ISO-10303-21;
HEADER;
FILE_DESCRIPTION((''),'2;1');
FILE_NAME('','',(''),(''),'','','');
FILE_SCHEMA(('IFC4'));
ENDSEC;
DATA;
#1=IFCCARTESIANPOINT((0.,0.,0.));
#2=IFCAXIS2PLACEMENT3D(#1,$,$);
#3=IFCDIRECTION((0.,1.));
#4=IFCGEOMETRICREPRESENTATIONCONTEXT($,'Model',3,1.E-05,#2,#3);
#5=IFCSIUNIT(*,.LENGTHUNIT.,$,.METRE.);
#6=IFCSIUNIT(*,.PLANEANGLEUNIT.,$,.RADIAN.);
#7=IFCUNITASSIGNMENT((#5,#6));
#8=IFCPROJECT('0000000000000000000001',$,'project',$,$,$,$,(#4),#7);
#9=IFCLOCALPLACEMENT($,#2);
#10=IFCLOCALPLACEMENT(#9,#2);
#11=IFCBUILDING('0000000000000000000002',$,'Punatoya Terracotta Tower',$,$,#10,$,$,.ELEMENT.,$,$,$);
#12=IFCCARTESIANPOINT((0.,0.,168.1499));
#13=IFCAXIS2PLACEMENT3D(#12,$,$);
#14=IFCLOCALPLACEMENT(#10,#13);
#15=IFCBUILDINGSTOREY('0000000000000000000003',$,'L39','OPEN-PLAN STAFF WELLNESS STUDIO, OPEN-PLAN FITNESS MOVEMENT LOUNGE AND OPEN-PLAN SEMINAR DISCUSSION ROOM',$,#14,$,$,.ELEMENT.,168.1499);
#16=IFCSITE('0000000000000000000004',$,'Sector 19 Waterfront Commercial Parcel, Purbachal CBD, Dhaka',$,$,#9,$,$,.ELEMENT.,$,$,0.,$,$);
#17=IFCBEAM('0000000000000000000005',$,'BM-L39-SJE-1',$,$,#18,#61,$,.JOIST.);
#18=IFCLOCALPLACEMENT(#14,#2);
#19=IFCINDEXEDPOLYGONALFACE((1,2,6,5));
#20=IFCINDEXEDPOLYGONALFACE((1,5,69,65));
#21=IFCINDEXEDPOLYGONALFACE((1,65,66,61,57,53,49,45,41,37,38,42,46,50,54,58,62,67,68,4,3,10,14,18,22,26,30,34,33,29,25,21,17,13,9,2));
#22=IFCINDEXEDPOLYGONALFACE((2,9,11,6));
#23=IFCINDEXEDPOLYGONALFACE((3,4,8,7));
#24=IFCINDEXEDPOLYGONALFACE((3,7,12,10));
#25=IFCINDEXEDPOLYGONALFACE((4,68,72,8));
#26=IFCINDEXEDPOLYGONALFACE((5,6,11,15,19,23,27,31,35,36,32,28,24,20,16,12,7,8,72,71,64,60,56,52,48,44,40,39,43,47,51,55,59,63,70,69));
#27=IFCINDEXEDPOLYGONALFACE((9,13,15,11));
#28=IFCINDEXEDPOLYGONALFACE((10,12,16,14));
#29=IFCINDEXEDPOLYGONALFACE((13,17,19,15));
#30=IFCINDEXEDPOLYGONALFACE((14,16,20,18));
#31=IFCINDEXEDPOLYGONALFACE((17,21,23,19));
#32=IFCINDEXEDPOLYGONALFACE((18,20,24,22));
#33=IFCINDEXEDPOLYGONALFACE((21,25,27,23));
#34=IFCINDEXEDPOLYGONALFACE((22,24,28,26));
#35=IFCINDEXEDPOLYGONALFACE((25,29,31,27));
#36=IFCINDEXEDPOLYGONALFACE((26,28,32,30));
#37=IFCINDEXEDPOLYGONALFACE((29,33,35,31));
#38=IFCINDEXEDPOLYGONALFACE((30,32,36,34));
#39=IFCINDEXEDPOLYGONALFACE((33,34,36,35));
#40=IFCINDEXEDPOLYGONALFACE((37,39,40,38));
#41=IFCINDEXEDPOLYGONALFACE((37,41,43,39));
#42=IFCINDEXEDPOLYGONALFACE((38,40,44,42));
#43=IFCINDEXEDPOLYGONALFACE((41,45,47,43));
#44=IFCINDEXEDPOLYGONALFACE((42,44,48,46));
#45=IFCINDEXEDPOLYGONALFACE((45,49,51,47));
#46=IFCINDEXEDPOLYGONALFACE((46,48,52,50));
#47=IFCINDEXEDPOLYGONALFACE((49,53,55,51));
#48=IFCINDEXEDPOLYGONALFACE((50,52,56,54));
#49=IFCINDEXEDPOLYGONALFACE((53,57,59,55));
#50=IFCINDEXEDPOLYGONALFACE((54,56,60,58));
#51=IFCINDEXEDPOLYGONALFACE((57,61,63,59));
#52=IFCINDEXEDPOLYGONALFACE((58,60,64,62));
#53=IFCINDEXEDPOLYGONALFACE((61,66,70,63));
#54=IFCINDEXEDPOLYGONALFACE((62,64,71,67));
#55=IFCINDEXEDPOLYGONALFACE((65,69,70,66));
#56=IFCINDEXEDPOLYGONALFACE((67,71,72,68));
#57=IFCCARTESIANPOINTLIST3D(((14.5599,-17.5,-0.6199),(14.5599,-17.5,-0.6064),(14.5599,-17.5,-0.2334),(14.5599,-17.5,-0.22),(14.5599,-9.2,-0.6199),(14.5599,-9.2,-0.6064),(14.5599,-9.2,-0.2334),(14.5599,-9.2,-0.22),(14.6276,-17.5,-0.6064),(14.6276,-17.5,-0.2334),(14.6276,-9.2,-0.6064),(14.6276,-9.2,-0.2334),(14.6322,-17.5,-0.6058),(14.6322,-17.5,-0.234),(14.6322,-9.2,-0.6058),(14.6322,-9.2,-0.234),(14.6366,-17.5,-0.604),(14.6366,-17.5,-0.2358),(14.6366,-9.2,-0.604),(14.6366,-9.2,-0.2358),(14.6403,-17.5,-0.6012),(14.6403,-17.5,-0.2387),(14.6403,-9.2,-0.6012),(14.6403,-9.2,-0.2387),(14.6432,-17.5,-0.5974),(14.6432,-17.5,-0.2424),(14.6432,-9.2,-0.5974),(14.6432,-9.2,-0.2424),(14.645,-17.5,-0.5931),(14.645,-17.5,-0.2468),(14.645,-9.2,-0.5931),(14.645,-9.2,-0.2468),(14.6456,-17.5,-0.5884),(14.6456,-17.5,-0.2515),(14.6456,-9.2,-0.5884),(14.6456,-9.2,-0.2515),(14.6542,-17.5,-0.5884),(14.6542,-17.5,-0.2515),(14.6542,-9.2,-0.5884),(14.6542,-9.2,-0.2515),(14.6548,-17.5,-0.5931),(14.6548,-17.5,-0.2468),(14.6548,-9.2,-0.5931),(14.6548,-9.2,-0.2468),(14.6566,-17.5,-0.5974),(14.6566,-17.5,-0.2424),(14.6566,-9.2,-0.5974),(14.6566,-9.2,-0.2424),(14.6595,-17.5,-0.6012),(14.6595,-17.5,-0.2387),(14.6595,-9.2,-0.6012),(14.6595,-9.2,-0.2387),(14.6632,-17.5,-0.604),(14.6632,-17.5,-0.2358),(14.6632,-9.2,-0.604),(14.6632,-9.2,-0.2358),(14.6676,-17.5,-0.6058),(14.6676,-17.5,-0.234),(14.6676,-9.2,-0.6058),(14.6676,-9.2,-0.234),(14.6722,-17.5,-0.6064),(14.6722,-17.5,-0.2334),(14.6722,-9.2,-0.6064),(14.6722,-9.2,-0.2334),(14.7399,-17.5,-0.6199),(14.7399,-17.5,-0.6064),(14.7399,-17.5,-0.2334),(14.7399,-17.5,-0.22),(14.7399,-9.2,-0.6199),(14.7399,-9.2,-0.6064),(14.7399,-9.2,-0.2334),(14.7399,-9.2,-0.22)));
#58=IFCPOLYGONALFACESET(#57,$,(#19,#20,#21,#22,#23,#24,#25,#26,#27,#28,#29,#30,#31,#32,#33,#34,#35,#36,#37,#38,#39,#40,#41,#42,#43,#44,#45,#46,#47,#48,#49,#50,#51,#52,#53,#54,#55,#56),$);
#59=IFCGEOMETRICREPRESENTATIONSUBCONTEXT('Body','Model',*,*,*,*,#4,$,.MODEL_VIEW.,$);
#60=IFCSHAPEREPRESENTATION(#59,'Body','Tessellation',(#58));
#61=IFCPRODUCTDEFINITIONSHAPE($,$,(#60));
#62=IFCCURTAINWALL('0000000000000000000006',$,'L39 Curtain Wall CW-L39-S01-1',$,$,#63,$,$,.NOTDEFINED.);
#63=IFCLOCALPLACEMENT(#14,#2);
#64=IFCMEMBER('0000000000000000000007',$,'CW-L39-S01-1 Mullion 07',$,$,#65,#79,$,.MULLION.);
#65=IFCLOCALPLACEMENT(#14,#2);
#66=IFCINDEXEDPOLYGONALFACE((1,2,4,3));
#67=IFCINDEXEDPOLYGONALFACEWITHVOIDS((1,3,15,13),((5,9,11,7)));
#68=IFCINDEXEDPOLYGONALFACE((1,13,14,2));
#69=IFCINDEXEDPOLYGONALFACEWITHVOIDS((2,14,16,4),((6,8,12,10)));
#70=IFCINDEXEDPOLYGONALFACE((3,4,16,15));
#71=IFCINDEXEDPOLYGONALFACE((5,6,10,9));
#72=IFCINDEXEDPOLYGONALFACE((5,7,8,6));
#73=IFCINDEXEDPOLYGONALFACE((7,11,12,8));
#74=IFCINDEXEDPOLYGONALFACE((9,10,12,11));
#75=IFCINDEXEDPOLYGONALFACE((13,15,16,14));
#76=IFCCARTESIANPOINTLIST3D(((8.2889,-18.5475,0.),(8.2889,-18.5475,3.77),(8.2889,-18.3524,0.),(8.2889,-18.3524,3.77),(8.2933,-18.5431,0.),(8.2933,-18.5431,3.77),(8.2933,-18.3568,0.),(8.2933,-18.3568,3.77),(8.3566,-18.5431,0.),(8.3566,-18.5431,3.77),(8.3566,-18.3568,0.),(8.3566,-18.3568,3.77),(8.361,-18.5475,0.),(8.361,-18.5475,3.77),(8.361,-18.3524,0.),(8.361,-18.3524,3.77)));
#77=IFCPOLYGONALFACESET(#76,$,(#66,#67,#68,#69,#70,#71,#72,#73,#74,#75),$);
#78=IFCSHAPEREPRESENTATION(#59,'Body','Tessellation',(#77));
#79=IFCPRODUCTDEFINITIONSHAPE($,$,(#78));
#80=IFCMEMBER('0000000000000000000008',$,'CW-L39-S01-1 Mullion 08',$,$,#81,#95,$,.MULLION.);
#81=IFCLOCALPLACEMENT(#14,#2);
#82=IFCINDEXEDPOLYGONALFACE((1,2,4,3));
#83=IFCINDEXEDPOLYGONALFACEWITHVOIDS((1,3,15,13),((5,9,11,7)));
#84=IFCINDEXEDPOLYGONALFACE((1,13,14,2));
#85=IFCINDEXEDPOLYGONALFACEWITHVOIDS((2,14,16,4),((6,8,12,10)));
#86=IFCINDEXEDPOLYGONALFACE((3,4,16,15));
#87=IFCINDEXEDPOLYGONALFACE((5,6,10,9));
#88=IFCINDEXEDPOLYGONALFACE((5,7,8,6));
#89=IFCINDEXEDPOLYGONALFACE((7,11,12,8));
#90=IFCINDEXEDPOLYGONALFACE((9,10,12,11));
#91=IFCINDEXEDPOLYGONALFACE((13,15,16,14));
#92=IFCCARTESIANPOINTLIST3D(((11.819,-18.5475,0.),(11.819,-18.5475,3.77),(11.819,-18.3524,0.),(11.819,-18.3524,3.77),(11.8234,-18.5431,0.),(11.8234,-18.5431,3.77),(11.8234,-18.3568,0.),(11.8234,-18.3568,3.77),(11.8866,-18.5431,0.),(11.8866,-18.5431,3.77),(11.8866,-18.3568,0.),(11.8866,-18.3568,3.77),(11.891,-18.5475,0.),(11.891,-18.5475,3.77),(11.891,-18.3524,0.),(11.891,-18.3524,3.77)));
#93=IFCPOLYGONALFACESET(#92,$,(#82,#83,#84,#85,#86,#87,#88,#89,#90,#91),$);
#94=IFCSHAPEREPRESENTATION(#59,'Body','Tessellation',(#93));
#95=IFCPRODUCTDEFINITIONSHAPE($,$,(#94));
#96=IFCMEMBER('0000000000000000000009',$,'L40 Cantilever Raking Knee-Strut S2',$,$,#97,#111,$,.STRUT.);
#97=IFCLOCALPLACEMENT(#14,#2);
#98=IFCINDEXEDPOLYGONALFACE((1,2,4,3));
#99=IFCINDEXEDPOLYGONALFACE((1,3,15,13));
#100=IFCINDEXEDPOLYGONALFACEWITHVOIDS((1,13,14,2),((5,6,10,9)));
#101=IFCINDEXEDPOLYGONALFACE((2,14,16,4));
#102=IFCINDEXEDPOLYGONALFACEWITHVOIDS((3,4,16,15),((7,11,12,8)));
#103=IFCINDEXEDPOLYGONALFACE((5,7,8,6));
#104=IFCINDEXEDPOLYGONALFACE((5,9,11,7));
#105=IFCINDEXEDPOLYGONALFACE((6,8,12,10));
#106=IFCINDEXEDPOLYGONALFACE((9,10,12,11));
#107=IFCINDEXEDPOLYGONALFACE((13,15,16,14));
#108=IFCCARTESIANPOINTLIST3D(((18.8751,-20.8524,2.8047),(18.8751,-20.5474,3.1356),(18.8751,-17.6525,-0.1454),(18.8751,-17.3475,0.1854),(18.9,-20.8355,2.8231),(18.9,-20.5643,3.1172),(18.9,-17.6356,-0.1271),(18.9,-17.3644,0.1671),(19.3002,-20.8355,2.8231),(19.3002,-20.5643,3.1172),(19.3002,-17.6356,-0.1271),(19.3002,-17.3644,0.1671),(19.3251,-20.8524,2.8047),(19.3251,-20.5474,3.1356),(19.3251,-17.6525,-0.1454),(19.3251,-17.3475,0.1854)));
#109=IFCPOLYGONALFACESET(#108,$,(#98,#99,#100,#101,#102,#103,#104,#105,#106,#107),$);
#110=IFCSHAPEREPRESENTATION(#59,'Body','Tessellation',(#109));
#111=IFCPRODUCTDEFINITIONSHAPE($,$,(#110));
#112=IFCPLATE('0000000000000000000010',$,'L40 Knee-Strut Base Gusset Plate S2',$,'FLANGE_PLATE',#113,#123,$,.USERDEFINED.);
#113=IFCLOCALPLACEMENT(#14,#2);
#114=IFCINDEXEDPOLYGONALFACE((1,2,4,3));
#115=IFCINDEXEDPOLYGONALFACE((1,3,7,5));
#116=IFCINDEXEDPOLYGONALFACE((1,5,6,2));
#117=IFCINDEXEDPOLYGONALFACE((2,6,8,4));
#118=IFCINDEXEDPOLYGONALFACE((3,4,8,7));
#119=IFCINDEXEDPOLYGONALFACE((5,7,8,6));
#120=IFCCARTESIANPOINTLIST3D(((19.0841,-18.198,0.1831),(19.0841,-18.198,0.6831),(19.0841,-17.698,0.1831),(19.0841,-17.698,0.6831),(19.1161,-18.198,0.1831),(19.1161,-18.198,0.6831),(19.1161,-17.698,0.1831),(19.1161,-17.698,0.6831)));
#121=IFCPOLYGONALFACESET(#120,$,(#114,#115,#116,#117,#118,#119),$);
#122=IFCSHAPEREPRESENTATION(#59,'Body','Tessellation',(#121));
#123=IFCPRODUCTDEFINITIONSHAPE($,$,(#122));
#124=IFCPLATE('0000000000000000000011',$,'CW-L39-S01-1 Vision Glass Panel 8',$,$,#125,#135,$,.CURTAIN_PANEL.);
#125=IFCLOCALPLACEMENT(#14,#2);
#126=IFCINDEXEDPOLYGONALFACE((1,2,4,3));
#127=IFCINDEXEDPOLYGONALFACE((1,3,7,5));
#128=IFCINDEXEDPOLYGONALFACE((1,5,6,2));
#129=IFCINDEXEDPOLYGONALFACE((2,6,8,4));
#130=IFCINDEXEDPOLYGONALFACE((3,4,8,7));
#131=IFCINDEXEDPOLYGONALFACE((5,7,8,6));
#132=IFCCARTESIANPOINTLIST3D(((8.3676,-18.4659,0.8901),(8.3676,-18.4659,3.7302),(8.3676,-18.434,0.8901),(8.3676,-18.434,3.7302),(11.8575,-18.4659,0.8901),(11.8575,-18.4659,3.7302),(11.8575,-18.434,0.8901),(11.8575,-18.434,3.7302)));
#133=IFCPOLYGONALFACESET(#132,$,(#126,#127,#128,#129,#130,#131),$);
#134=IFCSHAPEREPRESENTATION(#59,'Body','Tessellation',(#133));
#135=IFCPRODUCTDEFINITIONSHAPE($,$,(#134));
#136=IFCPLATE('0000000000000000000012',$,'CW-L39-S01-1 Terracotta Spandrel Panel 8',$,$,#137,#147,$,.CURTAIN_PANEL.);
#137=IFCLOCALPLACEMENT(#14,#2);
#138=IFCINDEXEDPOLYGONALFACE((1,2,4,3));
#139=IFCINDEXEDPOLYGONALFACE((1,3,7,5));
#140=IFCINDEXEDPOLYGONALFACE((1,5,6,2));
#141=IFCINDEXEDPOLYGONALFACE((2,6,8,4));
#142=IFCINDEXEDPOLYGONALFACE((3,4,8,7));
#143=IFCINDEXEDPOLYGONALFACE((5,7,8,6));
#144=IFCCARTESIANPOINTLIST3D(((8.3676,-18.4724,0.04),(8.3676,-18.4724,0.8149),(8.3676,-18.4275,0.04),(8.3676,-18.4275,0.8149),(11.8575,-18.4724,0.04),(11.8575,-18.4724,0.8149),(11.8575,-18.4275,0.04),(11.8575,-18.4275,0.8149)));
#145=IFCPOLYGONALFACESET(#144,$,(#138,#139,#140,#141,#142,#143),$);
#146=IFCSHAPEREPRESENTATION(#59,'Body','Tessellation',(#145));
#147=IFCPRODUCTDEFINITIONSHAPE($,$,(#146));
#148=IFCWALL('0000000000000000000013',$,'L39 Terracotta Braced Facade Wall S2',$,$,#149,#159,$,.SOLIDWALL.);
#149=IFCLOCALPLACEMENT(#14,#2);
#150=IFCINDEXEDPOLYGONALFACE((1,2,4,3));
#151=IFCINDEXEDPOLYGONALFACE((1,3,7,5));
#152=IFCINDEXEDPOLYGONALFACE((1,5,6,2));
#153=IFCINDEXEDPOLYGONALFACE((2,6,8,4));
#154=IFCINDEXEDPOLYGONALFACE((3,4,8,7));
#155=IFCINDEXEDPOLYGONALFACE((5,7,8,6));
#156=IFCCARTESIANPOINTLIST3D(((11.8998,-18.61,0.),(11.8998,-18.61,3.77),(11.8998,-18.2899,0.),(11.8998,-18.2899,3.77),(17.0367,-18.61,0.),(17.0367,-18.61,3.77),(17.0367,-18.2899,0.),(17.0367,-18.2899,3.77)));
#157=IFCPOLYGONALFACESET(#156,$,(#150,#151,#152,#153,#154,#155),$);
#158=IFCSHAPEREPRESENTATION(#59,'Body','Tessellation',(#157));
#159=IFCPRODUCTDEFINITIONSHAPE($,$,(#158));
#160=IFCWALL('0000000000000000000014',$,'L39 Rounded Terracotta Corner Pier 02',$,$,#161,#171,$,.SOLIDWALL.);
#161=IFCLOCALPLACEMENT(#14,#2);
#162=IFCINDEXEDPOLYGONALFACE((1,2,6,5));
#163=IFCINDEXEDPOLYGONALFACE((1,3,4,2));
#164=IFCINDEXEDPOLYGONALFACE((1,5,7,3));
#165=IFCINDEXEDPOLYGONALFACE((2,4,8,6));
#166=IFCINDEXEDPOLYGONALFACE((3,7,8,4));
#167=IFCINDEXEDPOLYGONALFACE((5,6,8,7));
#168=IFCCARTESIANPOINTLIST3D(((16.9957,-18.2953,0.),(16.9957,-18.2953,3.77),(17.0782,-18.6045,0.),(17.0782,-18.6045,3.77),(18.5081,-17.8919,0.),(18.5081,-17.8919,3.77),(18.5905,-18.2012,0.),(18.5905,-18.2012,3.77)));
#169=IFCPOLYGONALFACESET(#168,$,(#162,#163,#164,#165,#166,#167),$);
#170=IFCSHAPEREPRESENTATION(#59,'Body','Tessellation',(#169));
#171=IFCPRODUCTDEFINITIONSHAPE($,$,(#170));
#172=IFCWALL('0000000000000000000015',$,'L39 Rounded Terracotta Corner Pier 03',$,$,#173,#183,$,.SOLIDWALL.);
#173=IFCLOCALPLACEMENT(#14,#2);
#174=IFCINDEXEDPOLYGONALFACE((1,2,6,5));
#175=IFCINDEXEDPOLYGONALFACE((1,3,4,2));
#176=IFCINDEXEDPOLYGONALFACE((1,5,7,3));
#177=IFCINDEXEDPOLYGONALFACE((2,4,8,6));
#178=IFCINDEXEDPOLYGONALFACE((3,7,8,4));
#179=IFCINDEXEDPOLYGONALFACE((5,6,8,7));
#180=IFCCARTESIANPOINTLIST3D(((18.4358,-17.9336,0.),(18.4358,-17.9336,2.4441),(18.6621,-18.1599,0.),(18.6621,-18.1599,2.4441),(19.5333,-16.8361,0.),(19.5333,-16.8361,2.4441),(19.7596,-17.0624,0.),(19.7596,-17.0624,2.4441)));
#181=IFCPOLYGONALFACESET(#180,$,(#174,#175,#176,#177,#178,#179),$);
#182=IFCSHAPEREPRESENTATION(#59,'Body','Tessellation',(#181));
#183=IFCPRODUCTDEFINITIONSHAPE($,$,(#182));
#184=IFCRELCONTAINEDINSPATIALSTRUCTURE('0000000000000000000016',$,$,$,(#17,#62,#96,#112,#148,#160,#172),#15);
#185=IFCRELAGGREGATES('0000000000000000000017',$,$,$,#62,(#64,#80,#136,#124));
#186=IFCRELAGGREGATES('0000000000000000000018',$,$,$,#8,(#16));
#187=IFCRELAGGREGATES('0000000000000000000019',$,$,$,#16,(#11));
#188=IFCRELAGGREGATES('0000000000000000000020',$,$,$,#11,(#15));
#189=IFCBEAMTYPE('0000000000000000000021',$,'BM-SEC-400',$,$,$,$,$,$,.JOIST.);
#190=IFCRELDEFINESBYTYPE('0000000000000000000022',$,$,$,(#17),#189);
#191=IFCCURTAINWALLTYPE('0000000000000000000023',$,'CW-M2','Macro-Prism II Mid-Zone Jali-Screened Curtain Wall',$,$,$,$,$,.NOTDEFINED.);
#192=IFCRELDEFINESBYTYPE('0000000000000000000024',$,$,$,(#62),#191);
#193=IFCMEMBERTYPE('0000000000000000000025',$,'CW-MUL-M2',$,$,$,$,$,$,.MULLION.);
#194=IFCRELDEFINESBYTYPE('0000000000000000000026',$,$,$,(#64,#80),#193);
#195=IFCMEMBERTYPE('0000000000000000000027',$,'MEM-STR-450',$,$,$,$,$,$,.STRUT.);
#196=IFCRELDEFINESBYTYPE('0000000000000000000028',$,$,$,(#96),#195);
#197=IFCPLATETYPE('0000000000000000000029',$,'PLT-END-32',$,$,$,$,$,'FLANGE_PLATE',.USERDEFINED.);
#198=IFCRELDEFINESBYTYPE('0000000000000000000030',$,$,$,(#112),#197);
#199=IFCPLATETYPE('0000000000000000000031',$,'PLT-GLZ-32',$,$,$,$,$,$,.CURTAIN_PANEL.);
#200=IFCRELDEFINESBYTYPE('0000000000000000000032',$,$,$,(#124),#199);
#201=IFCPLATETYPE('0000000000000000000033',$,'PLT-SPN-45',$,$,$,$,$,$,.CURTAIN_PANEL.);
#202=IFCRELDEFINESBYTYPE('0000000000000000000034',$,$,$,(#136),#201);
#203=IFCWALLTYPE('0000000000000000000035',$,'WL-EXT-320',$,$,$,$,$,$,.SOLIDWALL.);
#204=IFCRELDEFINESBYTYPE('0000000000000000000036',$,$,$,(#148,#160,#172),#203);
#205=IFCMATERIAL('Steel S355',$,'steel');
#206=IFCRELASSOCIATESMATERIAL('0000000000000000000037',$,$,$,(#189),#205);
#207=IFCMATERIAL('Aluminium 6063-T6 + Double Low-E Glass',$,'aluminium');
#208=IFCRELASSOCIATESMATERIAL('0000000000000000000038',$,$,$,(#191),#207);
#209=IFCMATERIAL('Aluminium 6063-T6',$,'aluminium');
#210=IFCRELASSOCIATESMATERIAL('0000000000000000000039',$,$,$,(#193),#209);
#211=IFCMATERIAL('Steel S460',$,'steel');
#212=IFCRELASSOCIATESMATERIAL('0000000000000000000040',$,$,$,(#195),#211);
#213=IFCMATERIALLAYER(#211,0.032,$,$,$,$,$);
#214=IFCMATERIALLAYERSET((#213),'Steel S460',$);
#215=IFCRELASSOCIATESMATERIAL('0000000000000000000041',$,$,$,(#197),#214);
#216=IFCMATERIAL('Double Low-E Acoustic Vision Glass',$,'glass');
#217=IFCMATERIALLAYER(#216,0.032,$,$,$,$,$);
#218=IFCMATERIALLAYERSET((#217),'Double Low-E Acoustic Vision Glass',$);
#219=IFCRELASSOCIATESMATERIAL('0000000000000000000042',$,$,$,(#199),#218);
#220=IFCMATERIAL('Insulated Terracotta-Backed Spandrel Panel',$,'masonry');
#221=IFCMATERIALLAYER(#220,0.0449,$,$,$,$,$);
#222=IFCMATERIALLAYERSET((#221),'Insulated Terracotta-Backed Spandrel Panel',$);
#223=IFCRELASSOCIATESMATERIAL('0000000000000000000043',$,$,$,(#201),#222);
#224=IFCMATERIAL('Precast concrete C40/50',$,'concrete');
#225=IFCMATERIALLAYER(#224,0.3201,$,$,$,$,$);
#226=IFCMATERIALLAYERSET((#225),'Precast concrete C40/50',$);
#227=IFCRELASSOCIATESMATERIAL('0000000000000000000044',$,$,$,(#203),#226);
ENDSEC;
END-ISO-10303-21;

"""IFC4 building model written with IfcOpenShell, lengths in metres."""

from ifc_helpers import new_model, si_unit, direction, frame, frame_2d, origin, origin_2d, place, context, subcontext, project, spatial, rectangle, hollow_rectangle, i_section, extrude, material, layer, layer_set, material_profile, profile_set, type_object, element, aggregate, save


model = new_model("IFC4")

# Units and contexts
model_context = context("Model", 3, precision=1e-05, world=origin(), true_north=direction((0.0, 1.0)))
body_context = subcontext(model_context, "Body", "Model", "MODEL_VIEW")
ifc_project = project(units=[si_unit("LENGTHUNIT", "METRE"), si_unit("PLANEANGLEUNIT", "RADIAN")], contexts=[model_context])

# Site, building, storey
site_placement = place(None, origin())
site = spatial("IfcSite", under=ifc_project, at=site_placement, Name="Sector 19 Waterfront Commercial Parcel, Purbachal CBD, Dhaka", CompositionType="ELEMENT", RefElevation=0.0)
building_placement = place(site_placement, origin())
building = spatial("IfcBuilding", under=site, at=building_placement, Name="Punatoya Terracotta Tower", CompositionType="ELEMENT")
storey_placement = place(building_placement, frame((0.0, 0.0, 168.1499)))
storey = spatial("IfcBuildingStorey", under=building, at=storey_placement, Name="L39", Description="OPEN-PLAN STAFF WELLNESS STUDIO, OPEN-PLAN FITNESS MOVEMENT LOUNGE AND OPEN-PLAN SEMINAR DISCUSSION ROOM", CompositionType="ELEMENT", Elevation=168.1499)

# Shared definitions
ifc_material_1 = material(Name="Steel S460", Category="steel")

# Beam
ifc_material_2 = material(Name="Steel S355", Category="steel")
ifc_material_profile_1 = material_profile(ifc_material_2, i_section(OverallWidth=0.1799, OverallDepth=0.3999, WebThickness=0.0085, FlangeThickness=0.0134, FilletRadius=0.0181, at=origin_2d()))
ifc_profile_set_1 = profile_set([ifc_material_profile_1], Name="Steel S355")
beam_type_1 = type_object("IfcBeamType", Name="BM-SEC-400", PredefinedType="JOIST", material=ifc_profile_set_1)
beam_1_placement = place(storey_placement, frame((14.6499, -17.5, -0.4199), z_axis=(0.0, 1.0, 0.0), x_axis=(-1.0, 0.0, 0.0)))
element("IfcBeam", 1, at=beam_1_placement, inside=storey, type_object=beam_type_1, Name="BM-L39-SJE-1", PredefinedType="JOIST", context=body_context, shape_type="SweptSolid", body=[
    extrude(i_section(OverallWidth=0.1799, OverallDepth=0.3999, WebThickness=0.0085, FlangeThickness=0.0134, FilletRadius=0.0181, at=origin_2d()), origin(), (0.0, 0.0, 1.0), 8.3),
])

# Curtain wall, members
ifc_material_3 = material(Name="Aluminium 6063-T6 + Double Low-E Glass", Category="aluminium")
curtain_wall_type = type_object("IfcCurtainWallType", Name="CW-M2", Description="Macro-Prism II Mid-Zone Jali-Screened Curtain Wall", PredefinedType="NOTDEFINED", material=ifc_material_3)
curtain_wall_placement = place(storey_placement, origin())
curtain_wall = element("IfcCurtainWall", 2, at=curtain_wall_placement, inside=storey, type_object=curtain_wall_type, Name="L39 Curtain Wall CW-L39-S01-1", PredefinedType="NOTDEFINED")
ifc_material_4 = material(Name="Aluminium 6063-T6", Category="aluminium")
ifc_material_profile_2 = material_profile(ifc_material_4, hollow_rectangle(XDim=0.072, YDim=0.1951, WallThickness=0.0044, at=origin_2d()))
ifc_profile_set_2 = profile_set([ifc_material_profile_2], Name="Aluminium 6063-T6")
member_type_1 = type_object("IfcMemberType", Name="CW-MUL-M2", PredefinedType="MULLION", material=ifc_profile_set_2)
member_1_placement = place(storey_placement, frame((8.325, -18.45, 0.0), z_axis=(0.0, 0.0, 1.0), x_axis=(1.0, 0.0, 0.0)))
member_1 = element("IfcMember", 3, at=member_1_placement, type_object=member_type_1, Name="CW-L39-S01-1 Mullion 07", PredefinedType="MULLION", context=body_context, shape_type="SweptSolid", body=[
    extrude(hollow_rectangle(XDim=0.072, YDim=0.1951, WallThickness=0.0044, at=origin_2d()), origin(), (0.0, 0.0, 1.0), 3.77),
])
member_2_placement = place(storey_placement, frame((11.855, -18.45, 0.0), z_axis=(0.0, 0.0, 1.0), x_axis=(1.0, 0.0, 0.0)))
member_2 = element("IfcMember", 4, at=member_2_placement, type_object=member_type_1, Name="CW-L39-S01-1 Mullion 08", PredefinedType="MULLION", context=body_context, shape_type="SweptSolid", body=[
    extrude(hollow_rectangle(XDim=0.072, YDim=0.1951, WallThickness=0.0044, at=origin_2d()), origin(), (0.0, 0.0, 1.0), 3.77),
])

# Member
ifc_material_profile_3 = material_profile(ifc_material_1, hollow_rectangle(XDim=0.45, YDim=0.45, WallThickness=0.0249, at=origin_2d()))
ifc_profile_set_3 = profile_set([ifc_material_profile_3], Name="Steel S460")
member_type_2 = type_object("IfcMemberType", Name="MEM-STR-450", PredefinedType="STRUT", material=ifc_profile_set_3)
member_3_placement = place(storey_placement, frame((19.1001, -17.5, 0.02), z_axis=(0.0, -0.735216, 0.677833), x_axis=(1.0, 0.0, 0.0)))
element("IfcMember", 5, at=member_3_placement, inside=storey, type_object=member_type_2, Name="L40 Cantilever Raking Knee-Strut S2", PredefinedType="STRUT", context=body_context, shape_type="SweptSolid", body=[
    extrude(hollow_rectangle(XDim=0.45, YDim=0.45, WallThickness=0.0249, at=origin_2d()), origin(), (0.0, 0.0, 1.0), 4.3523),
])

# Plates
ifc_layer_1 = layer(ifc_material_1, 0.032)
ifc_layer_set_1 = layer_set([ifc_layer_1], Name="Steel S460")
plate_type_1 = type_object("IfcPlateType", Name="PLT-END-32", ElementType="FLANGE_PLATE", PredefinedType="USERDEFINED", material=ifc_layer_set_1)
plate_1_placement = place(storey_placement, frame((19.1001, -17.948, 0.1831), z_axis=(0.0, 0.0, 1.0), x_axis=(0.0, 1.0, 0.0)))
element("IfcPlate", 6, at=plate_1_placement, inside=storey, type_object=plate_type_1, Name="L40 Knee-Strut Base Gusset Plate S2", ObjectType="FLANGE_PLATE", PredefinedType="USERDEFINED", context=body_context, shape_type="SweptSolid", body=[
    extrude(rectangle(XDim=0.5, YDim=0.032, at=origin_2d()), origin(), (0.0, 0.0, 1.0), 0.5),
])
ifc_material_5 = material(Name="Double Low-E Acoustic Vision Glass", Category="glass")
ifc_layer_2 = layer(ifc_material_5, 0.032)
ifc_layer_set_2 = layer_set([ifc_layer_2], Name="Double Low-E Acoustic Vision Glass")
plate_type_2 = type_object("IfcPlateType", Name="PLT-GLZ-32", PredefinedType="CURTAIN_PANEL", material=ifc_layer_set_2)
plate_2_placement = place(storey_placement, frame((10.1125, -18.45, 0.8901), z_axis=(0.0, 0.0, 1.0), x_axis=(1.0, 0.0, 0.0)))
plate_2 = element("IfcPlate", 7, at=plate_2_placement, type_object=plate_type_2, Name="CW-L39-S01-1 Vision Glass Panel 8", PredefinedType="CURTAIN_PANEL", context=body_context, shape_type="SweptSolid", body=[
    extrude(rectangle(XDim=3.49, YDim=0.032, at=origin_2d()), origin(), (0.0, 0.0, 1.0), 2.8401),
])
ifc_material_6 = material(Name="Insulated Terracotta-Backed Spandrel Panel", Category="masonry")
ifc_layer_3 = layer(ifc_material_6, 0.0449)
ifc_layer_set_3 = layer_set([ifc_layer_3], Name="Insulated Terracotta-Backed Spandrel Panel")
plate_type_3 = type_object("IfcPlateType", Name="PLT-SPN-45", PredefinedType="CURTAIN_PANEL", material=ifc_layer_set_3)
plate_3_placement = place(storey_placement, frame((10.1125, -18.45, 0.04), z_axis=(0.0, 0.0, 1.0), x_axis=(1.0, 0.0, 0.0)))
plate_3 = element("IfcPlate", 8, at=plate_3_placement, type_object=plate_type_3, Name="CW-L39-S01-1 Terracotta Spandrel Panel 8", PredefinedType="CURTAIN_PANEL", context=body_context, shape_type="SweptSolid", body=[
    extrude(rectangle(XDim=3.49, YDim=0.0449, at=origin_2d()), origin(), (0.0, 0.0, 1.0), 0.7749),
])
aggregate(curtain_wall, [member_1, member_2, plate_3, plate_2])

# Walls
ifc_material_7 = material(Name="Precast concrete C40/50", Category="concrete")
ifc_layer_4 = layer(ifc_material_7, 0.3201)
ifc_layer_set_4 = layer_set([ifc_layer_4], Name="Precast concrete C40/50")
wall_type_1 = type_object("IfcWallType", Name="WL-EXT-320", PredefinedType="SOLIDWALL", material=ifc_layer_set_4)
wall_1_placement = place(storey_placement, frame((11.8999, -18.45, 0.0), z_axis=(0.0, 0.0, 1.0), x_axis=(1.0, 0.0, 0.0)))
element("IfcWall", 9, at=wall_1_placement, inside=storey, type_object=wall_type_1, Name="L39 Terracotta Braced Facade Wall S2", PredefinedType="SOLIDWALL", context=body_context, shape_type="SweptSolid", body=[
    extrude(rectangle(XDim=5.137, YDim=0.3201, at=frame_2d((2.5684, 0.0))), origin(), (0.0, 0.0, 1.0), 3.77),
])
wall_2_placement = place(storey_placement, frame((17.0369, -18.45, 0.0), z_axis=(0.0, 0.0, 1.0), x_axis=(0.966225, 0.257701, 0.0)))
element("IfcWall", 10, at=wall_2_placement, inside=storey, type_object=wall_type_1, Name="L39 Rounded Terracotta Corner Pier 02", PredefinedType="SOLIDWALL", context=body_context, shape_type="SweptSolid", body=[
    extrude(rectangle(XDim=1.5652, YDim=0.3201, at=frame_2d((0.7827, 0.0))), origin(), (0.0, 0.0, 1.0), 3.77),
])
wall_3_placement = place(storey_placement, frame((18.5491, -18.0466, 0.0), z_axis=(0.0, 0.0, 1.0), x_axis=(0.707107, 0.707107, 0.0)))
element("IfcWall", 11, at=wall_3_placement, inside=storey, type_object=wall_type_1, Name="L39 Rounded Terracotta Corner Pier 03", PredefinedType="SOLIDWALL", context=body_context, shape_type="SweptSolid", body=[
    extrude(rectangle(XDim=1.552, YDim=0.3201, at=frame_2d((0.7759, 0.0))), origin(), (0.0, 0.0, 1.0), 2.4441),
])

save(model, "model.ifc")
